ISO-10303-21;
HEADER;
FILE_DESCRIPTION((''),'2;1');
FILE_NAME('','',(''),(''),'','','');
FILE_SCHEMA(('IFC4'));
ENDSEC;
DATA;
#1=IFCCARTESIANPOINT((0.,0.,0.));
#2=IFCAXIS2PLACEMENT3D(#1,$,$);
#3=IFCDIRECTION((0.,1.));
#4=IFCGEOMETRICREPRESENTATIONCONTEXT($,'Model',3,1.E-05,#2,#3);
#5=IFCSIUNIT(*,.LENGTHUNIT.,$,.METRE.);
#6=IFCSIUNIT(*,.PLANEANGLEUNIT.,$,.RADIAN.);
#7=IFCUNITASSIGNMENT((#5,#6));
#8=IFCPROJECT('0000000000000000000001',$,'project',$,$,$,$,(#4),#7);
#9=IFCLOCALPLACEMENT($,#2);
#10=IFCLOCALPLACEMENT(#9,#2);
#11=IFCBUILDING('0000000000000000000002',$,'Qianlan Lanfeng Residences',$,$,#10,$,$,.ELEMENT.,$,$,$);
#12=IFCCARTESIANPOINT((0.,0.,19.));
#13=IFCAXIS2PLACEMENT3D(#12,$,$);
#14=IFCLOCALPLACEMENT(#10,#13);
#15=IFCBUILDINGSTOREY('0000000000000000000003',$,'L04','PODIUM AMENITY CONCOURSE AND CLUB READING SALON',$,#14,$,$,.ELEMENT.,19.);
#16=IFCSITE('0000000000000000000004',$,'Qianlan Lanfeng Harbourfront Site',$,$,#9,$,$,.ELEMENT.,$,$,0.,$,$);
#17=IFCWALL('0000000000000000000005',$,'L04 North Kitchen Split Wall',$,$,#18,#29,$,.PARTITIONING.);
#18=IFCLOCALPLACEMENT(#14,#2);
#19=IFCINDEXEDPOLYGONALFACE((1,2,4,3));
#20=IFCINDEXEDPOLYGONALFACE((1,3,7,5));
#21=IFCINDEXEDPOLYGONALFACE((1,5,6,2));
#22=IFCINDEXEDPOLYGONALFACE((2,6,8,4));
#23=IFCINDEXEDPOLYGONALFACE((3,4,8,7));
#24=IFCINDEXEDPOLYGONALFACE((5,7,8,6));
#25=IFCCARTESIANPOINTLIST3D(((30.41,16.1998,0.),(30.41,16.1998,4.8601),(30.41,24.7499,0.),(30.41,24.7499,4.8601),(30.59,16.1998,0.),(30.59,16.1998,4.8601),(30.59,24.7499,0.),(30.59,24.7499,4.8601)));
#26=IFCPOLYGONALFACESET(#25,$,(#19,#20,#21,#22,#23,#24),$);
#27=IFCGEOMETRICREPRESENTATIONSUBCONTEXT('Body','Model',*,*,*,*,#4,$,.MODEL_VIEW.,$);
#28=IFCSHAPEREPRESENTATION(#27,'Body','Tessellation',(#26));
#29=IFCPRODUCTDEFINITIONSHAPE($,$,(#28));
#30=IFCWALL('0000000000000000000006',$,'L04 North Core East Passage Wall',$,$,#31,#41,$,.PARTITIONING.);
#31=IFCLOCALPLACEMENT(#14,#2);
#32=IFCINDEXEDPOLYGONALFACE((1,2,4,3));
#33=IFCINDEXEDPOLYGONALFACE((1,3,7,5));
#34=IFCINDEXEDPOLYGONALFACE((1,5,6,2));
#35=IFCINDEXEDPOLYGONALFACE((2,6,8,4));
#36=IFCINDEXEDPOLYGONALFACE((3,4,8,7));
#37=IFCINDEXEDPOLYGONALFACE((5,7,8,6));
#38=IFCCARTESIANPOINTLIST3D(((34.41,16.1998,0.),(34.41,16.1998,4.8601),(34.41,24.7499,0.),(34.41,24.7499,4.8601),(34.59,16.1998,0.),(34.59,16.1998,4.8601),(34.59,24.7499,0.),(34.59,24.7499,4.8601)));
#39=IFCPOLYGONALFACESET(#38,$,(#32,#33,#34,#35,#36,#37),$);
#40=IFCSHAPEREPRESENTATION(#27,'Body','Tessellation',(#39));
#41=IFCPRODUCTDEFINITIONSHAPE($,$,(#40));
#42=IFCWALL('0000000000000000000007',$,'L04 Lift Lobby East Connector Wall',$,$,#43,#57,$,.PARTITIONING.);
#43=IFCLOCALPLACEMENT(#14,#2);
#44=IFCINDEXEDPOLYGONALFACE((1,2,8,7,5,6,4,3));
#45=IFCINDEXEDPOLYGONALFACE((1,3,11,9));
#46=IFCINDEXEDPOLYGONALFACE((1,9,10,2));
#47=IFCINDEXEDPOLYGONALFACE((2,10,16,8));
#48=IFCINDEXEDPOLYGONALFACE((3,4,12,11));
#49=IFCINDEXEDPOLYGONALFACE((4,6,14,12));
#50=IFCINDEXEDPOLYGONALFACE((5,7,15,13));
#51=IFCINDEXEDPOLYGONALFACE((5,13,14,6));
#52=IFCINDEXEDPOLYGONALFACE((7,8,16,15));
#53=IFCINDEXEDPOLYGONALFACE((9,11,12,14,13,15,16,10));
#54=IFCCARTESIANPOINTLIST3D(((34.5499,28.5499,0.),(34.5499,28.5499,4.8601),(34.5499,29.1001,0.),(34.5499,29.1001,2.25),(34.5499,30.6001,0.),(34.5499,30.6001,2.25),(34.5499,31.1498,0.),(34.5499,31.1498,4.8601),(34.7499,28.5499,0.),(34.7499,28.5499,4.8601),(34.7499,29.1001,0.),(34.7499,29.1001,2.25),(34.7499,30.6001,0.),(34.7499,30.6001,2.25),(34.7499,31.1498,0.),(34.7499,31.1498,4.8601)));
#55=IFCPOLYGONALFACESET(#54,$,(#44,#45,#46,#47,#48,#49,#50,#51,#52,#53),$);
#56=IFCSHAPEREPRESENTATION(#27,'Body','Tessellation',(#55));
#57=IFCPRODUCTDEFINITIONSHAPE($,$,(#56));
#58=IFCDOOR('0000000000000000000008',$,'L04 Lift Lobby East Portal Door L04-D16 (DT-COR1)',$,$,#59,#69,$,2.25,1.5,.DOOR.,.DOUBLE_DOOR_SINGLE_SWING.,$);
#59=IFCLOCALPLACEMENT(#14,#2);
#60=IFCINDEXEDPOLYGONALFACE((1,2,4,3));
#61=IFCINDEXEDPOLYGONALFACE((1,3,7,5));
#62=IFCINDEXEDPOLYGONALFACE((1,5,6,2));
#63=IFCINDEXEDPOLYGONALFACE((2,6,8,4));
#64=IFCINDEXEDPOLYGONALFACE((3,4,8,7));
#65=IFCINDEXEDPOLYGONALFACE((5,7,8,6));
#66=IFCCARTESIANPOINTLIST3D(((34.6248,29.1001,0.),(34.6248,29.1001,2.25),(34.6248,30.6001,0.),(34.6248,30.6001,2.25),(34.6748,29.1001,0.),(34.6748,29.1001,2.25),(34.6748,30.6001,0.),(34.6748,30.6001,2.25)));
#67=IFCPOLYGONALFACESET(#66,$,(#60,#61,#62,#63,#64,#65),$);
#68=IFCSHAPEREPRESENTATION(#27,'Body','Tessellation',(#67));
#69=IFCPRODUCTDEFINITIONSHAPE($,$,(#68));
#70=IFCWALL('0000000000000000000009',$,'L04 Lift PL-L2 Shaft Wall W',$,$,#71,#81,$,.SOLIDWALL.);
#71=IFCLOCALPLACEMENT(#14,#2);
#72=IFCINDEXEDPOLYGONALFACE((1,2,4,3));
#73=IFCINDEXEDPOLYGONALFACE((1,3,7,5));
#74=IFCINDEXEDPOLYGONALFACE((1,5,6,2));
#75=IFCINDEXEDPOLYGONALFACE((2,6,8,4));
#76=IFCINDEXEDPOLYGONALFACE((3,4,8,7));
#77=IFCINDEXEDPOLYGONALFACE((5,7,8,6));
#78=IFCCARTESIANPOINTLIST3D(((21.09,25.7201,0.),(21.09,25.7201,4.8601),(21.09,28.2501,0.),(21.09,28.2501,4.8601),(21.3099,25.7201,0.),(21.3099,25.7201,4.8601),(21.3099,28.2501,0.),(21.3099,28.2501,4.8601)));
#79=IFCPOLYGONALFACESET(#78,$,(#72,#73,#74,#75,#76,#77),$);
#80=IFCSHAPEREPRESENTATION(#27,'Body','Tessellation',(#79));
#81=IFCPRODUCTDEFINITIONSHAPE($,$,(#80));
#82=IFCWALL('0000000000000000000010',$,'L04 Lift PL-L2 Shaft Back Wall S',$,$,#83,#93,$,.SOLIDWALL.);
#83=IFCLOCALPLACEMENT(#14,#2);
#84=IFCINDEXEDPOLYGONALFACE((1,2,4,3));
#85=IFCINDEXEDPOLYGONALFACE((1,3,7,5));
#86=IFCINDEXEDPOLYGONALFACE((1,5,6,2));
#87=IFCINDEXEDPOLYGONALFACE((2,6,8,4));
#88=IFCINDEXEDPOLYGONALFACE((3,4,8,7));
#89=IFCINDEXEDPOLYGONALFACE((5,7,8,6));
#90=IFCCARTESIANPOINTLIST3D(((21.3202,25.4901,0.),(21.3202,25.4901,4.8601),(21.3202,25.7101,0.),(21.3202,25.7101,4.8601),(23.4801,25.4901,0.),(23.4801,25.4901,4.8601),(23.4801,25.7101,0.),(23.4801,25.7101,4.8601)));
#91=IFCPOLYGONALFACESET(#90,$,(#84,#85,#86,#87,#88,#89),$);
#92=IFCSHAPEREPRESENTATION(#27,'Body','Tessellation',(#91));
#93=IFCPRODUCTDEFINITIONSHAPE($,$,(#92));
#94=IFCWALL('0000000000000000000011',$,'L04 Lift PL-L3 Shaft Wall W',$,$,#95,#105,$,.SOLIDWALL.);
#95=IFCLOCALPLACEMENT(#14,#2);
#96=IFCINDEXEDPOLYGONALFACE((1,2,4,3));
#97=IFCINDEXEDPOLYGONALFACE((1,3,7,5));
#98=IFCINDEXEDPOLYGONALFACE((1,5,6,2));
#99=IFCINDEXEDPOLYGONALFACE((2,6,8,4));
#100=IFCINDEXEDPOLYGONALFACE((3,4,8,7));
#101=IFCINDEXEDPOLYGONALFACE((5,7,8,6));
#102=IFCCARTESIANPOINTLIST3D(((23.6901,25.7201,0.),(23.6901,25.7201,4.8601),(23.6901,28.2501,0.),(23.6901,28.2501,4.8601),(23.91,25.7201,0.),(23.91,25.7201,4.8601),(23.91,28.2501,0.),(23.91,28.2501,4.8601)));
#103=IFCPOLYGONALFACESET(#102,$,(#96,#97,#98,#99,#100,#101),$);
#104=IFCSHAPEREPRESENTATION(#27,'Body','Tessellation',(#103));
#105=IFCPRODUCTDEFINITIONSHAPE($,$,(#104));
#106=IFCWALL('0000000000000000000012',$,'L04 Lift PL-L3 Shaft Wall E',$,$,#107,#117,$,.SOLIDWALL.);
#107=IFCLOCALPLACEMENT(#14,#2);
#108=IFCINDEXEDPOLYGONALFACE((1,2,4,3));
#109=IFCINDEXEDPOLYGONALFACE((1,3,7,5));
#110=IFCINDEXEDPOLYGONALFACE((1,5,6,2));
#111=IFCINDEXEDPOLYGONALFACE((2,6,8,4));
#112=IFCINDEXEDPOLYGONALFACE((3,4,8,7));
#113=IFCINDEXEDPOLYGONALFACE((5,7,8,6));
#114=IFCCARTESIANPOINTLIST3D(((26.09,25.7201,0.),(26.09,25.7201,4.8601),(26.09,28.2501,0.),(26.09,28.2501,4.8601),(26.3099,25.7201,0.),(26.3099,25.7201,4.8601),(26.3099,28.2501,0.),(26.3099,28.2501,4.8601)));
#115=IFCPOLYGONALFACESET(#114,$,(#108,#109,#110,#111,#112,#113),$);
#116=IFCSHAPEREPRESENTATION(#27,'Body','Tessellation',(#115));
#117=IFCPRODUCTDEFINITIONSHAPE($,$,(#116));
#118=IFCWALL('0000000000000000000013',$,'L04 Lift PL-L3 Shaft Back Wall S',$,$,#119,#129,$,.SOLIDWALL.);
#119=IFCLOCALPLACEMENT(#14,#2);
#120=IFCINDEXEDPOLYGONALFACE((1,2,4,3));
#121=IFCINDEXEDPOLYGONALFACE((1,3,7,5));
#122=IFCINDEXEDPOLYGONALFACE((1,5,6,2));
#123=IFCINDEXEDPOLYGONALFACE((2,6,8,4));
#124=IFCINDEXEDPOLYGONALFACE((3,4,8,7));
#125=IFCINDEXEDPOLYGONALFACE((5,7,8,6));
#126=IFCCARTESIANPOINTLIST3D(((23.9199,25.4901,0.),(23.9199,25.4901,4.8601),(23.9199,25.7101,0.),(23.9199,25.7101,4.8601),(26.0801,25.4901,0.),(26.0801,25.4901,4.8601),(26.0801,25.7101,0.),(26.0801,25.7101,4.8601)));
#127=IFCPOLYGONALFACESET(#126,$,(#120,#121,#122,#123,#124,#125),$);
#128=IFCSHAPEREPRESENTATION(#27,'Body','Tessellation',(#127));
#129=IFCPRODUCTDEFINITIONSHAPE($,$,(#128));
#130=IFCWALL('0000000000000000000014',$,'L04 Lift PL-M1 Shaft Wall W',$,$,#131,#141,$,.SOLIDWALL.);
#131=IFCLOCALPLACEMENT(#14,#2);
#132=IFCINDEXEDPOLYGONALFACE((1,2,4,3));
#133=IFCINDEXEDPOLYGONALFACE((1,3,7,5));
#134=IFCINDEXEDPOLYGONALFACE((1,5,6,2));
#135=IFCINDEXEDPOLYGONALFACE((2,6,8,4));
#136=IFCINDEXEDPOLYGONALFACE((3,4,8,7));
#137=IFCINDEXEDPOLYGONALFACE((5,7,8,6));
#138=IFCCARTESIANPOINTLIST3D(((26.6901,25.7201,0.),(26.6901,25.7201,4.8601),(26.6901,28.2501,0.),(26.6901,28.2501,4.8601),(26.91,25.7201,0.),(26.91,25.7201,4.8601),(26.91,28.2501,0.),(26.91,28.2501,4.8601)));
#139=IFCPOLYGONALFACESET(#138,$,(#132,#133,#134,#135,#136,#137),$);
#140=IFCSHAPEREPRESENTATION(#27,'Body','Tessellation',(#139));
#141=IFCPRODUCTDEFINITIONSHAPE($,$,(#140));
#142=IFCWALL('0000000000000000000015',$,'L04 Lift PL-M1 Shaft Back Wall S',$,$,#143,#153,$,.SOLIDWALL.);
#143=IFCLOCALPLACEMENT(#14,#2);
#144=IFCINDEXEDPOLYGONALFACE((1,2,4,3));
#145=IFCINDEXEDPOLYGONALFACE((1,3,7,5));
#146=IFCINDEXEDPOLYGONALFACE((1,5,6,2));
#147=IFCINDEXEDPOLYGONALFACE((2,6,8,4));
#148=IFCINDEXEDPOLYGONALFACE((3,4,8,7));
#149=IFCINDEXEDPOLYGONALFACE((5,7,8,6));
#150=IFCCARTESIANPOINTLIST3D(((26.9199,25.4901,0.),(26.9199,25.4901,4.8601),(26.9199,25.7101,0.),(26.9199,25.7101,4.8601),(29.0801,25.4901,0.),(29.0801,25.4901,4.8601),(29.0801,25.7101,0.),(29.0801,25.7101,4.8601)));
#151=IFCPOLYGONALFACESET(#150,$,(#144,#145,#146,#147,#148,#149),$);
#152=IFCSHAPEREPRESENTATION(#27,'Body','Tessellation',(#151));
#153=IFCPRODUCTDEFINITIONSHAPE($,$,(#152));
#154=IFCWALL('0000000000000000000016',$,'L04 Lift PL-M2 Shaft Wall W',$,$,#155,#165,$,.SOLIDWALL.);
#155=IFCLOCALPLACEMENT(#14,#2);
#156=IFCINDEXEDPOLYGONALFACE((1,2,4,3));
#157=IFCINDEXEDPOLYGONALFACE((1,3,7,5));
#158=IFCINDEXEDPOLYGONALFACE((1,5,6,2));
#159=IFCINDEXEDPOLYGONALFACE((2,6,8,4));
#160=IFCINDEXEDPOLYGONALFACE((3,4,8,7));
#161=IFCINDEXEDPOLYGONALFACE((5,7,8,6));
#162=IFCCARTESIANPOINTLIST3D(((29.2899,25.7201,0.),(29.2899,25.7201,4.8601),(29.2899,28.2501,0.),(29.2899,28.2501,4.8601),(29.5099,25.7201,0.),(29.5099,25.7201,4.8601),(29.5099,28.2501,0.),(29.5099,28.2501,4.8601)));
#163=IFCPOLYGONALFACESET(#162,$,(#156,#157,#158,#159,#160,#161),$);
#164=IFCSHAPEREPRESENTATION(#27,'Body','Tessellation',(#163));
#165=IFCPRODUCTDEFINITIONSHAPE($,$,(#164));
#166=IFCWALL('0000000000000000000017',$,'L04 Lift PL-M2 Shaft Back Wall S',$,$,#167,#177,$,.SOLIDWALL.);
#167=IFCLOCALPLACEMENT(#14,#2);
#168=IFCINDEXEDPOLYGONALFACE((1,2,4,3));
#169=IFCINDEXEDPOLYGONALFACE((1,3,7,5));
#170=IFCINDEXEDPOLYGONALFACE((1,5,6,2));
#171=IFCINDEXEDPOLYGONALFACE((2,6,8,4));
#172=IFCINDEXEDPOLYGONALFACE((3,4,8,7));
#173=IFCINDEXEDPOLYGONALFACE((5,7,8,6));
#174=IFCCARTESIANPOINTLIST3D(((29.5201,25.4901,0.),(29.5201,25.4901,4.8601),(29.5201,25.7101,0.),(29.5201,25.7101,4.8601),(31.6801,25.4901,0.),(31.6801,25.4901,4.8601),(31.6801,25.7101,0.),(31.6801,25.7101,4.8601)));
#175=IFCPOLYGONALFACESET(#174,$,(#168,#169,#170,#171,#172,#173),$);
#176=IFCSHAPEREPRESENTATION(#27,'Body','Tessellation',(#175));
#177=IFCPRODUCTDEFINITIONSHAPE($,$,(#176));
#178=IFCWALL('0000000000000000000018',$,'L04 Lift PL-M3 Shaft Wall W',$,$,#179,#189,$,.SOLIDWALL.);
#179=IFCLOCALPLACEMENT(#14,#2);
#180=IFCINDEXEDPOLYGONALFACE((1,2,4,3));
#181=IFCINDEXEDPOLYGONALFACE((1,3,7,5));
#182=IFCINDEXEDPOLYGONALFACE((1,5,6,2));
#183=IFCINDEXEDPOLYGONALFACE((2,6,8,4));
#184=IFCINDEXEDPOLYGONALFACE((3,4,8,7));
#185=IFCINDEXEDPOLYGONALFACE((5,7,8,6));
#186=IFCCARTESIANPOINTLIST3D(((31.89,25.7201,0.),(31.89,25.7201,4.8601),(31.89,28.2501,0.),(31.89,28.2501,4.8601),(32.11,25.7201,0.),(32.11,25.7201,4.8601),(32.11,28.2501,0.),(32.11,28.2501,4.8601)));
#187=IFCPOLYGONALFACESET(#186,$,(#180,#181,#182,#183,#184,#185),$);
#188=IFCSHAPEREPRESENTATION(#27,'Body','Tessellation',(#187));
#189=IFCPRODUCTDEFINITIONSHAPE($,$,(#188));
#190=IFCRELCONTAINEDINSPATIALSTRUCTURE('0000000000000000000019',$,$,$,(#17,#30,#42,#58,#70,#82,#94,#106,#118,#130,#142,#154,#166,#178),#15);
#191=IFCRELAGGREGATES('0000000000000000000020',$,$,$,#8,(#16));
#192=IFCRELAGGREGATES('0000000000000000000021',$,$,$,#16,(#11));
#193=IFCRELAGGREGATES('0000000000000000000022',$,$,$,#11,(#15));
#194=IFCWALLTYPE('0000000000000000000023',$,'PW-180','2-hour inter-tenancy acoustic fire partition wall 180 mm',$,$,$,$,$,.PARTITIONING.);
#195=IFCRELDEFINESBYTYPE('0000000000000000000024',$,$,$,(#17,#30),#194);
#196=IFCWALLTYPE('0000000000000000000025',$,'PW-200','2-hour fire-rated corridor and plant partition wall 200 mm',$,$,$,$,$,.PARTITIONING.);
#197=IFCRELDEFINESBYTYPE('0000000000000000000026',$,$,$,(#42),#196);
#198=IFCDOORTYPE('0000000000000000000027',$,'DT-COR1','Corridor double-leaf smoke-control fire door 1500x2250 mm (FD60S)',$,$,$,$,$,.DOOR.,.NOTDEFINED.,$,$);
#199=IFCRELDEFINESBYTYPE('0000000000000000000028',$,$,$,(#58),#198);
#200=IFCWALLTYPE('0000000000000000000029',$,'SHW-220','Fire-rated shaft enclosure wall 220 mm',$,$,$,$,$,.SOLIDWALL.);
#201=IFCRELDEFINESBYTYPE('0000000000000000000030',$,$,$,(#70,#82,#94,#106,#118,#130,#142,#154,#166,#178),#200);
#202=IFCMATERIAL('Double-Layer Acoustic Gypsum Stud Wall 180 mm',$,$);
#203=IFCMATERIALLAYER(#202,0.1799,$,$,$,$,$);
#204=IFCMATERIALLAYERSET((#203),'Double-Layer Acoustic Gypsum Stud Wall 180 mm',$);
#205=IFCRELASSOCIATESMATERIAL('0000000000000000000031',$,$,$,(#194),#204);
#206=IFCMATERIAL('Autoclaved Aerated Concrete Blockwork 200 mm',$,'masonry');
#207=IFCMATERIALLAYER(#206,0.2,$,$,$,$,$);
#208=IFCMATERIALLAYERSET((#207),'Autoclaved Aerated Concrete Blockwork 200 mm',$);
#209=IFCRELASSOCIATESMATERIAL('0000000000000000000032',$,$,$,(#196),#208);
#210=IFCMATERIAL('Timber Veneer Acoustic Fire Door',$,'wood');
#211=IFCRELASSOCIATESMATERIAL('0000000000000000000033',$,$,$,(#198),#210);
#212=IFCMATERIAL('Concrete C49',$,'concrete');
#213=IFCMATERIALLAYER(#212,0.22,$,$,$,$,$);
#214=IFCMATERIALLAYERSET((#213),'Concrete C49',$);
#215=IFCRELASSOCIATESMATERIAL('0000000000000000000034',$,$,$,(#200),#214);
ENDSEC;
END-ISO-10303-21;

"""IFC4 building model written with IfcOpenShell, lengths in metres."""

from ifc_helpers import new_model, si_unit, direction, frame, frame_2d, origin, place, context, subcontext, project, spatial, rectangle, extrude, material, layer, layer_set, type_object, element, fill, save


model = new_model("IFC4")

# Units and contexts
model_context = context("Model", 3, precision=1e-05, world=origin(), true_north=direction((0.0, 1.0)))
body_context = subcontext(model_context, "Body", "Model", "MODEL_VIEW")
ifc_project = project(units=[si_unit("LENGTHUNIT", "METRE"), si_unit("PLANEANGLEUNIT", "RADIAN")], contexts=[model_context])

# Site, building, storey
site_placement = place(None, origin())
site = spatial("IfcSite", under=ifc_project, at=site_placement, Name="Qianlan Lanfeng Harbourfront Site", CompositionType="ELEMENT", RefElevation=0.0)
building_placement = place(site_placement, origin())
building = spatial("IfcBuilding", under=site, at=building_placement, Name="Qianlan Lanfeng Residences", CompositionType="ELEMENT")
storey_placement = place(building_placement, frame((0.0, 0.0, 19.0)))
storey = spatial("IfcBuildingStorey", under=building, at=storey_placement, Name="L04", Description="PODIUM AMENITY CONCOURSE AND CLUB READING SALON", CompositionType="ELEMENT", Elevation=19.0)

# Shared definitions
ifc_material_1 = material(Name="Double-Layer Acoustic Gypsum Stud Wall 180 mm")
ifc_layer_1 = layer(ifc_material_1, 0.1799)
ifc_layer_set_1 = layer_set([ifc_layer_1], Name="Double-Layer Acoustic Gypsum Stud Wall 180 mm")
wall_type_1 = type_object("IfcWallType", Name="PW-180", Description="2-hour inter-tenancy acoustic fire partition wall 180 mm", PredefinedType="PARTITIONING", material=ifc_layer_set_1)

# Walls
for number, where, z_axis, x_axis, name in (
    (1, (30.5, 16.2, 0.0), (0.0, 0.0, 1.0), (0.0, 1.0, 0.0), "L04 North Kitchen Split Wall"),
    (2, (34.5, 16.2, 0.0), (0.0, 0.0, 1.0), (0.0, 1.0, 0.0), "L04 North Core East Passage Wall"),
):
    element("IfcWall", number, at=place(storey_placement, frame(where, z_axis=z_axis, x_axis=x_axis)), inside=storey, type_object=wall_type_1, Name=name, PredefinedType="PARTITIONING", context=body_context, shape_type="SweptSolid", body=[
        extrude(rectangle(XDim=8.55, YDim=0.1799, at=frame_2d((4.2749, 0.0))), origin(), (0.0, 0.0, 1.0), 4.8601),
    ])

# Wall, opening, door
ifc_material_2 = material(Name="Autoclaved Aerated Concrete Blockwork 200 mm", Category="masonry")
ifc_layer_2 = layer(ifc_material_2, 0.2)
ifc_layer_set_2 = layer_set([ifc_layer_2], Name="Autoclaved Aerated Concrete Blockwork 200 mm")
wall_type_2 = type_object("IfcWallType", Name="PW-200", Description="2-hour fire-rated corridor and plant partition wall 200 mm", PredefinedType="PARTITIONING", material=ifc_layer_set_2)
wall_1_placement = place(storey_placement, frame((34.6499, 28.55, 0.0), z_axis=(0.0, 0.0, 1.0), x_axis=(0.0, 1.0, 0.0)))
wall_1 = element("IfcWall", 3, at=wall_1_placement, inside=storey, type_object=wall_type_2, Name="L04 Lift Lobby East Connector Wall", PredefinedType="PARTITIONING", context=body_context, shape_type="SweptSolid", body=[
    extrude(rectangle(XDim=2.5999, YDim=0.2, at=frame_2d((1.2998, 0.0))), origin(), (0.0, 0.0, 1.0), 4.8601),
])
opening_1_placement = place(wall_1_placement, frame((0.55, 0.0, 0.0)))
opening_1 = element("IfcOpeningElement", 4, at=opening_1_placement, cuts=wall_1, PredefinedType="OPENING", context=body_context, shape_type="SweptSolid", body=[
    extrude(rectangle(XDim=1.5, YDim=2.25, at=frame_2d((0.75, 1.125))), frame((0.0, 0.1099, 0.0), z_axis=(0.0, -1.0, 0.0), x_axis=(1.0, 0.0, 0.0)), (0.0, 0.0, 1.0), 0.22),
])
ifc_material_3 = material(Name="Timber Veneer Acoustic Fire Door", Category="wood")
door_type_1 = type_object("IfcDoorType", Name="DT-COR1", Description="Corridor double-leaf smoke-control fire door 1500x2250 mm (FD60S)", OperationType="NOTDEFINED", PredefinedType="DOOR", material=ifc_material_3)
door_1_placement = place(opening_1_placement, frame((1.5, 0.0, 0.0), z_axis=(0.0, 0.0, 1.0), x_axis=(-1.0, 0.0, 0.0)))
door_1 = element("IfcDoor", 5, at=door_1_placement, inside=storey, type_object=door_type_1, Name="L04 Lift Lobby East Portal Door L04-D16 (DT-COR1)", OperationType="DOUBLE_DOOR_SINGLE_SWING", OverallHeight=2.25, OverallWidth=1.5, PredefinedType="DOOR", context=body_context, shape_type="SweptSolid", body=[
    extrude(rectangle(XDim=1.5, YDim=2.25, at=frame_2d((0.75, 1.125))), frame((0.0, 0.0249, 0.0), z_axis=(0.0, -1.0, 0.0), x_axis=(1.0, 0.0, 0.0)), (0.0, 0.0, 1.0), 0.05),
])
fill(opening_1, door_1)

# Walls
ifc_material_4 = material(Name="Concrete C49", Category="concrete")
ifc_layer_3 = layer(ifc_material_4, 0.22)
ifc_layer_set_3 = layer_set([ifc_layer_3], Name="Concrete C49")
wall_type_3 = type_object("IfcWallType", Name="SHW-220", Description="Fire-rated shaft enclosure wall 220 mm", PredefinedType="SOLIDWALL", material=ifc_layer_set_3)
wall_2_placement = place(storey_placement, frame((21.2, 25.72, 0.0), z_axis=(0.0, 0.0, 1.0), x_axis=(0.0, 1.0, 0.0)))
element("IfcWall", 6, at=wall_2_placement, inside=storey, type_object=wall_type_3, Name="L04 Lift PL-L2 Shaft Wall W", PredefinedType="SOLIDWALL", context=body_context, shape_type="SweptSolid", body=[
    extrude(rectangle(XDim=2.53, YDim=0.22, at=frame_2d((1.2651, 0.0))), origin(), (0.0, 0.0, 1.0), 4.8601),
])
wall_3_placement = place(storey_placement, frame((21.3201, 25.6001, 0.0), z_axis=(0.0, 0.0, 1.0), x_axis=(1.0, 0.0, 0.0)))
element("IfcWall", 7, at=wall_3_placement, inside=storey, type_object=wall_type_3, Name="L04 Lift PL-L2 Shaft Back Wall S", PredefinedType="SOLIDWALL", context=body_context, shape_type="SweptSolid", body=[
    extrude(rectangle(XDim=2.1599, YDim=0.22, at=frame_2d((1.0801, 0.0))), origin(), (0.0, 0.0, 1.0), 4.8601),
])
for number, where, z_axis, x_axis, name in (
    (8, (23.8, 25.72, 0.0), (0.0, 0.0, 1.0), (0.0, 1.0, 0.0), "L04 Lift PL-L3 Shaft Wall W"),
    (9, (26.2, 25.72, 0.0), (0.0, 0.0, 1.0), (0.0, 1.0, 0.0), "L04 Lift PL-L3 Shaft Wall E"),
):
    element("IfcWall", number, at=place(storey_placement, frame(where, z_axis=z_axis, x_axis=x_axis)), inside=storey, type_object=wall_type_3, Name=name, PredefinedType="SOLIDWALL", context=body_context, shape_type="SweptSolid", body=[
        extrude(rectangle(XDim=2.53, YDim=0.22, at=frame_2d((1.2651, 0.0))), origin(), (0.0, 0.0, 1.0), 4.8601),
    ])
wall_4_placement = place(storey_placement, frame((23.9199, 25.6001, 0.0), z_axis=(0.0, 0.0, 1.0), x_axis=(1.0, 0.0, 0.0)))
element("IfcWall", 10, at=wall_4_placement, inside=storey, type_object=wall_type_3, Name="L04 Lift PL-L3 Shaft Back Wall S", PredefinedType="SOLIDWALL", context=body_context, shape_type="SweptSolid", body=[
    extrude(rectangle(XDim=2.1602, YDim=0.22, at=frame_2d((1.0801, 0.0))), origin(), (0.0, 0.0, 1.0), 4.8601),
])
wall_5_placement = place(storey_placement, frame((26.8, 25.72, 0.0), z_axis=(0.0, 0.0, 1.0), x_axis=(0.0, 1.0, 0.0)))
element("IfcWall", 11, at=wall_5_placement, inside=storey, type_object=wall_type_3, Name="L04 Lift PL-M1 Shaft Wall W", PredefinedType="SOLIDWALL", context=body_context, shape_type="SweptSolid", body=[
    extrude(rectangle(XDim=2.53, YDim=0.22, at=frame_2d((1.2651, 0.0))), origin(), (0.0, 0.0, 1.0), 4.8601),
])
wall_6_placement = place(storey_placement, frame((26.9199, 25.6001, 0.0), z_axis=(0.0, 0.0, 1.0), x_axis=(1.0, 0.0, 0.0)))
element("IfcWall", 12, at=wall_6_placement, inside=storey, type_object=wall_type_3, Name="L04 Lift PL-M1 Shaft Back Wall S", PredefinedType="SOLIDWALL", context=body_context, shape_type="SweptSolid", body=[
    extrude(rectangle(XDim=2.1602, YDim=0.22, at=frame_2d((1.0801, 0.0))), origin(), (0.0, 0.0, 1.0), 4.8601),
])
wall_7_placement = place(storey_placement, frame((29.3999, 25.72, 0.0), z_axis=(0.0, 0.0, 1.0), x_axis=(0.0, 1.0, 0.0)))
element("IfcWall", 13, at=wall_7_placement, inside=storey, type_object=wall_type_3, Name="L04 Lift PL-M2 Shaft Wall W", PredefinedType="SOLIDWALL", context=body_context, shape_type="SweptSolid", body=[
    extrude(rectangle(XDim=2.53, YDim=0.22, at=frame_2d((1.2651, 0.0))), origin(), (0.0, 0.0, 1.0), 4.8601),
])
wall_8_placement = place(storey_placement, frame((29.52, 25.6001, 0.0), z_axis=(0.0, 0.0, 1.0), x_axis=(1.0, 0.0, 0.0)))
element("IfcWall", 14, at=wall_8_placement, inside=storey, type_object=wall_type_3, Name="L04 Lift PL-M2 Shaft Back Wall S", PredefinedType="SOLIDWALL", context=body_context, shape_type="SweptSolid", body=[
    extrude(rectangle(XDim=2.1599, YDim=0.22, at=frame_2d((1.0801, 0.0))), origin(), (0.0, 0.0, 1.0), 4.8601),
])
for number, where, z_axis, x_axis, name in (
    (15, (32.0, 25.72, 0.0), (0.0, 0.0, 1.0), (0.0, 1.0, 0.0), "L04 Lift PL-M3 Shaft Wall W"),
):
    element("IfcWall", number, at=place(storey_placement, frame(where, z_axis=z_axis, x_axis=x_axis)), inside=storey, type_object=wall_type_3, Name=name, PredefinedType="SOLIDWALL", context=body_context, shape_type="SweptSolid", body=[
        extrude(rectangle(XDim=2.53, YDim=0.22, at=frame_2d((1.2651, 0.0))), origin(), (0.0, 0.0, 1.0), 4.8601),
    ])

save(model, "model.ifc")
